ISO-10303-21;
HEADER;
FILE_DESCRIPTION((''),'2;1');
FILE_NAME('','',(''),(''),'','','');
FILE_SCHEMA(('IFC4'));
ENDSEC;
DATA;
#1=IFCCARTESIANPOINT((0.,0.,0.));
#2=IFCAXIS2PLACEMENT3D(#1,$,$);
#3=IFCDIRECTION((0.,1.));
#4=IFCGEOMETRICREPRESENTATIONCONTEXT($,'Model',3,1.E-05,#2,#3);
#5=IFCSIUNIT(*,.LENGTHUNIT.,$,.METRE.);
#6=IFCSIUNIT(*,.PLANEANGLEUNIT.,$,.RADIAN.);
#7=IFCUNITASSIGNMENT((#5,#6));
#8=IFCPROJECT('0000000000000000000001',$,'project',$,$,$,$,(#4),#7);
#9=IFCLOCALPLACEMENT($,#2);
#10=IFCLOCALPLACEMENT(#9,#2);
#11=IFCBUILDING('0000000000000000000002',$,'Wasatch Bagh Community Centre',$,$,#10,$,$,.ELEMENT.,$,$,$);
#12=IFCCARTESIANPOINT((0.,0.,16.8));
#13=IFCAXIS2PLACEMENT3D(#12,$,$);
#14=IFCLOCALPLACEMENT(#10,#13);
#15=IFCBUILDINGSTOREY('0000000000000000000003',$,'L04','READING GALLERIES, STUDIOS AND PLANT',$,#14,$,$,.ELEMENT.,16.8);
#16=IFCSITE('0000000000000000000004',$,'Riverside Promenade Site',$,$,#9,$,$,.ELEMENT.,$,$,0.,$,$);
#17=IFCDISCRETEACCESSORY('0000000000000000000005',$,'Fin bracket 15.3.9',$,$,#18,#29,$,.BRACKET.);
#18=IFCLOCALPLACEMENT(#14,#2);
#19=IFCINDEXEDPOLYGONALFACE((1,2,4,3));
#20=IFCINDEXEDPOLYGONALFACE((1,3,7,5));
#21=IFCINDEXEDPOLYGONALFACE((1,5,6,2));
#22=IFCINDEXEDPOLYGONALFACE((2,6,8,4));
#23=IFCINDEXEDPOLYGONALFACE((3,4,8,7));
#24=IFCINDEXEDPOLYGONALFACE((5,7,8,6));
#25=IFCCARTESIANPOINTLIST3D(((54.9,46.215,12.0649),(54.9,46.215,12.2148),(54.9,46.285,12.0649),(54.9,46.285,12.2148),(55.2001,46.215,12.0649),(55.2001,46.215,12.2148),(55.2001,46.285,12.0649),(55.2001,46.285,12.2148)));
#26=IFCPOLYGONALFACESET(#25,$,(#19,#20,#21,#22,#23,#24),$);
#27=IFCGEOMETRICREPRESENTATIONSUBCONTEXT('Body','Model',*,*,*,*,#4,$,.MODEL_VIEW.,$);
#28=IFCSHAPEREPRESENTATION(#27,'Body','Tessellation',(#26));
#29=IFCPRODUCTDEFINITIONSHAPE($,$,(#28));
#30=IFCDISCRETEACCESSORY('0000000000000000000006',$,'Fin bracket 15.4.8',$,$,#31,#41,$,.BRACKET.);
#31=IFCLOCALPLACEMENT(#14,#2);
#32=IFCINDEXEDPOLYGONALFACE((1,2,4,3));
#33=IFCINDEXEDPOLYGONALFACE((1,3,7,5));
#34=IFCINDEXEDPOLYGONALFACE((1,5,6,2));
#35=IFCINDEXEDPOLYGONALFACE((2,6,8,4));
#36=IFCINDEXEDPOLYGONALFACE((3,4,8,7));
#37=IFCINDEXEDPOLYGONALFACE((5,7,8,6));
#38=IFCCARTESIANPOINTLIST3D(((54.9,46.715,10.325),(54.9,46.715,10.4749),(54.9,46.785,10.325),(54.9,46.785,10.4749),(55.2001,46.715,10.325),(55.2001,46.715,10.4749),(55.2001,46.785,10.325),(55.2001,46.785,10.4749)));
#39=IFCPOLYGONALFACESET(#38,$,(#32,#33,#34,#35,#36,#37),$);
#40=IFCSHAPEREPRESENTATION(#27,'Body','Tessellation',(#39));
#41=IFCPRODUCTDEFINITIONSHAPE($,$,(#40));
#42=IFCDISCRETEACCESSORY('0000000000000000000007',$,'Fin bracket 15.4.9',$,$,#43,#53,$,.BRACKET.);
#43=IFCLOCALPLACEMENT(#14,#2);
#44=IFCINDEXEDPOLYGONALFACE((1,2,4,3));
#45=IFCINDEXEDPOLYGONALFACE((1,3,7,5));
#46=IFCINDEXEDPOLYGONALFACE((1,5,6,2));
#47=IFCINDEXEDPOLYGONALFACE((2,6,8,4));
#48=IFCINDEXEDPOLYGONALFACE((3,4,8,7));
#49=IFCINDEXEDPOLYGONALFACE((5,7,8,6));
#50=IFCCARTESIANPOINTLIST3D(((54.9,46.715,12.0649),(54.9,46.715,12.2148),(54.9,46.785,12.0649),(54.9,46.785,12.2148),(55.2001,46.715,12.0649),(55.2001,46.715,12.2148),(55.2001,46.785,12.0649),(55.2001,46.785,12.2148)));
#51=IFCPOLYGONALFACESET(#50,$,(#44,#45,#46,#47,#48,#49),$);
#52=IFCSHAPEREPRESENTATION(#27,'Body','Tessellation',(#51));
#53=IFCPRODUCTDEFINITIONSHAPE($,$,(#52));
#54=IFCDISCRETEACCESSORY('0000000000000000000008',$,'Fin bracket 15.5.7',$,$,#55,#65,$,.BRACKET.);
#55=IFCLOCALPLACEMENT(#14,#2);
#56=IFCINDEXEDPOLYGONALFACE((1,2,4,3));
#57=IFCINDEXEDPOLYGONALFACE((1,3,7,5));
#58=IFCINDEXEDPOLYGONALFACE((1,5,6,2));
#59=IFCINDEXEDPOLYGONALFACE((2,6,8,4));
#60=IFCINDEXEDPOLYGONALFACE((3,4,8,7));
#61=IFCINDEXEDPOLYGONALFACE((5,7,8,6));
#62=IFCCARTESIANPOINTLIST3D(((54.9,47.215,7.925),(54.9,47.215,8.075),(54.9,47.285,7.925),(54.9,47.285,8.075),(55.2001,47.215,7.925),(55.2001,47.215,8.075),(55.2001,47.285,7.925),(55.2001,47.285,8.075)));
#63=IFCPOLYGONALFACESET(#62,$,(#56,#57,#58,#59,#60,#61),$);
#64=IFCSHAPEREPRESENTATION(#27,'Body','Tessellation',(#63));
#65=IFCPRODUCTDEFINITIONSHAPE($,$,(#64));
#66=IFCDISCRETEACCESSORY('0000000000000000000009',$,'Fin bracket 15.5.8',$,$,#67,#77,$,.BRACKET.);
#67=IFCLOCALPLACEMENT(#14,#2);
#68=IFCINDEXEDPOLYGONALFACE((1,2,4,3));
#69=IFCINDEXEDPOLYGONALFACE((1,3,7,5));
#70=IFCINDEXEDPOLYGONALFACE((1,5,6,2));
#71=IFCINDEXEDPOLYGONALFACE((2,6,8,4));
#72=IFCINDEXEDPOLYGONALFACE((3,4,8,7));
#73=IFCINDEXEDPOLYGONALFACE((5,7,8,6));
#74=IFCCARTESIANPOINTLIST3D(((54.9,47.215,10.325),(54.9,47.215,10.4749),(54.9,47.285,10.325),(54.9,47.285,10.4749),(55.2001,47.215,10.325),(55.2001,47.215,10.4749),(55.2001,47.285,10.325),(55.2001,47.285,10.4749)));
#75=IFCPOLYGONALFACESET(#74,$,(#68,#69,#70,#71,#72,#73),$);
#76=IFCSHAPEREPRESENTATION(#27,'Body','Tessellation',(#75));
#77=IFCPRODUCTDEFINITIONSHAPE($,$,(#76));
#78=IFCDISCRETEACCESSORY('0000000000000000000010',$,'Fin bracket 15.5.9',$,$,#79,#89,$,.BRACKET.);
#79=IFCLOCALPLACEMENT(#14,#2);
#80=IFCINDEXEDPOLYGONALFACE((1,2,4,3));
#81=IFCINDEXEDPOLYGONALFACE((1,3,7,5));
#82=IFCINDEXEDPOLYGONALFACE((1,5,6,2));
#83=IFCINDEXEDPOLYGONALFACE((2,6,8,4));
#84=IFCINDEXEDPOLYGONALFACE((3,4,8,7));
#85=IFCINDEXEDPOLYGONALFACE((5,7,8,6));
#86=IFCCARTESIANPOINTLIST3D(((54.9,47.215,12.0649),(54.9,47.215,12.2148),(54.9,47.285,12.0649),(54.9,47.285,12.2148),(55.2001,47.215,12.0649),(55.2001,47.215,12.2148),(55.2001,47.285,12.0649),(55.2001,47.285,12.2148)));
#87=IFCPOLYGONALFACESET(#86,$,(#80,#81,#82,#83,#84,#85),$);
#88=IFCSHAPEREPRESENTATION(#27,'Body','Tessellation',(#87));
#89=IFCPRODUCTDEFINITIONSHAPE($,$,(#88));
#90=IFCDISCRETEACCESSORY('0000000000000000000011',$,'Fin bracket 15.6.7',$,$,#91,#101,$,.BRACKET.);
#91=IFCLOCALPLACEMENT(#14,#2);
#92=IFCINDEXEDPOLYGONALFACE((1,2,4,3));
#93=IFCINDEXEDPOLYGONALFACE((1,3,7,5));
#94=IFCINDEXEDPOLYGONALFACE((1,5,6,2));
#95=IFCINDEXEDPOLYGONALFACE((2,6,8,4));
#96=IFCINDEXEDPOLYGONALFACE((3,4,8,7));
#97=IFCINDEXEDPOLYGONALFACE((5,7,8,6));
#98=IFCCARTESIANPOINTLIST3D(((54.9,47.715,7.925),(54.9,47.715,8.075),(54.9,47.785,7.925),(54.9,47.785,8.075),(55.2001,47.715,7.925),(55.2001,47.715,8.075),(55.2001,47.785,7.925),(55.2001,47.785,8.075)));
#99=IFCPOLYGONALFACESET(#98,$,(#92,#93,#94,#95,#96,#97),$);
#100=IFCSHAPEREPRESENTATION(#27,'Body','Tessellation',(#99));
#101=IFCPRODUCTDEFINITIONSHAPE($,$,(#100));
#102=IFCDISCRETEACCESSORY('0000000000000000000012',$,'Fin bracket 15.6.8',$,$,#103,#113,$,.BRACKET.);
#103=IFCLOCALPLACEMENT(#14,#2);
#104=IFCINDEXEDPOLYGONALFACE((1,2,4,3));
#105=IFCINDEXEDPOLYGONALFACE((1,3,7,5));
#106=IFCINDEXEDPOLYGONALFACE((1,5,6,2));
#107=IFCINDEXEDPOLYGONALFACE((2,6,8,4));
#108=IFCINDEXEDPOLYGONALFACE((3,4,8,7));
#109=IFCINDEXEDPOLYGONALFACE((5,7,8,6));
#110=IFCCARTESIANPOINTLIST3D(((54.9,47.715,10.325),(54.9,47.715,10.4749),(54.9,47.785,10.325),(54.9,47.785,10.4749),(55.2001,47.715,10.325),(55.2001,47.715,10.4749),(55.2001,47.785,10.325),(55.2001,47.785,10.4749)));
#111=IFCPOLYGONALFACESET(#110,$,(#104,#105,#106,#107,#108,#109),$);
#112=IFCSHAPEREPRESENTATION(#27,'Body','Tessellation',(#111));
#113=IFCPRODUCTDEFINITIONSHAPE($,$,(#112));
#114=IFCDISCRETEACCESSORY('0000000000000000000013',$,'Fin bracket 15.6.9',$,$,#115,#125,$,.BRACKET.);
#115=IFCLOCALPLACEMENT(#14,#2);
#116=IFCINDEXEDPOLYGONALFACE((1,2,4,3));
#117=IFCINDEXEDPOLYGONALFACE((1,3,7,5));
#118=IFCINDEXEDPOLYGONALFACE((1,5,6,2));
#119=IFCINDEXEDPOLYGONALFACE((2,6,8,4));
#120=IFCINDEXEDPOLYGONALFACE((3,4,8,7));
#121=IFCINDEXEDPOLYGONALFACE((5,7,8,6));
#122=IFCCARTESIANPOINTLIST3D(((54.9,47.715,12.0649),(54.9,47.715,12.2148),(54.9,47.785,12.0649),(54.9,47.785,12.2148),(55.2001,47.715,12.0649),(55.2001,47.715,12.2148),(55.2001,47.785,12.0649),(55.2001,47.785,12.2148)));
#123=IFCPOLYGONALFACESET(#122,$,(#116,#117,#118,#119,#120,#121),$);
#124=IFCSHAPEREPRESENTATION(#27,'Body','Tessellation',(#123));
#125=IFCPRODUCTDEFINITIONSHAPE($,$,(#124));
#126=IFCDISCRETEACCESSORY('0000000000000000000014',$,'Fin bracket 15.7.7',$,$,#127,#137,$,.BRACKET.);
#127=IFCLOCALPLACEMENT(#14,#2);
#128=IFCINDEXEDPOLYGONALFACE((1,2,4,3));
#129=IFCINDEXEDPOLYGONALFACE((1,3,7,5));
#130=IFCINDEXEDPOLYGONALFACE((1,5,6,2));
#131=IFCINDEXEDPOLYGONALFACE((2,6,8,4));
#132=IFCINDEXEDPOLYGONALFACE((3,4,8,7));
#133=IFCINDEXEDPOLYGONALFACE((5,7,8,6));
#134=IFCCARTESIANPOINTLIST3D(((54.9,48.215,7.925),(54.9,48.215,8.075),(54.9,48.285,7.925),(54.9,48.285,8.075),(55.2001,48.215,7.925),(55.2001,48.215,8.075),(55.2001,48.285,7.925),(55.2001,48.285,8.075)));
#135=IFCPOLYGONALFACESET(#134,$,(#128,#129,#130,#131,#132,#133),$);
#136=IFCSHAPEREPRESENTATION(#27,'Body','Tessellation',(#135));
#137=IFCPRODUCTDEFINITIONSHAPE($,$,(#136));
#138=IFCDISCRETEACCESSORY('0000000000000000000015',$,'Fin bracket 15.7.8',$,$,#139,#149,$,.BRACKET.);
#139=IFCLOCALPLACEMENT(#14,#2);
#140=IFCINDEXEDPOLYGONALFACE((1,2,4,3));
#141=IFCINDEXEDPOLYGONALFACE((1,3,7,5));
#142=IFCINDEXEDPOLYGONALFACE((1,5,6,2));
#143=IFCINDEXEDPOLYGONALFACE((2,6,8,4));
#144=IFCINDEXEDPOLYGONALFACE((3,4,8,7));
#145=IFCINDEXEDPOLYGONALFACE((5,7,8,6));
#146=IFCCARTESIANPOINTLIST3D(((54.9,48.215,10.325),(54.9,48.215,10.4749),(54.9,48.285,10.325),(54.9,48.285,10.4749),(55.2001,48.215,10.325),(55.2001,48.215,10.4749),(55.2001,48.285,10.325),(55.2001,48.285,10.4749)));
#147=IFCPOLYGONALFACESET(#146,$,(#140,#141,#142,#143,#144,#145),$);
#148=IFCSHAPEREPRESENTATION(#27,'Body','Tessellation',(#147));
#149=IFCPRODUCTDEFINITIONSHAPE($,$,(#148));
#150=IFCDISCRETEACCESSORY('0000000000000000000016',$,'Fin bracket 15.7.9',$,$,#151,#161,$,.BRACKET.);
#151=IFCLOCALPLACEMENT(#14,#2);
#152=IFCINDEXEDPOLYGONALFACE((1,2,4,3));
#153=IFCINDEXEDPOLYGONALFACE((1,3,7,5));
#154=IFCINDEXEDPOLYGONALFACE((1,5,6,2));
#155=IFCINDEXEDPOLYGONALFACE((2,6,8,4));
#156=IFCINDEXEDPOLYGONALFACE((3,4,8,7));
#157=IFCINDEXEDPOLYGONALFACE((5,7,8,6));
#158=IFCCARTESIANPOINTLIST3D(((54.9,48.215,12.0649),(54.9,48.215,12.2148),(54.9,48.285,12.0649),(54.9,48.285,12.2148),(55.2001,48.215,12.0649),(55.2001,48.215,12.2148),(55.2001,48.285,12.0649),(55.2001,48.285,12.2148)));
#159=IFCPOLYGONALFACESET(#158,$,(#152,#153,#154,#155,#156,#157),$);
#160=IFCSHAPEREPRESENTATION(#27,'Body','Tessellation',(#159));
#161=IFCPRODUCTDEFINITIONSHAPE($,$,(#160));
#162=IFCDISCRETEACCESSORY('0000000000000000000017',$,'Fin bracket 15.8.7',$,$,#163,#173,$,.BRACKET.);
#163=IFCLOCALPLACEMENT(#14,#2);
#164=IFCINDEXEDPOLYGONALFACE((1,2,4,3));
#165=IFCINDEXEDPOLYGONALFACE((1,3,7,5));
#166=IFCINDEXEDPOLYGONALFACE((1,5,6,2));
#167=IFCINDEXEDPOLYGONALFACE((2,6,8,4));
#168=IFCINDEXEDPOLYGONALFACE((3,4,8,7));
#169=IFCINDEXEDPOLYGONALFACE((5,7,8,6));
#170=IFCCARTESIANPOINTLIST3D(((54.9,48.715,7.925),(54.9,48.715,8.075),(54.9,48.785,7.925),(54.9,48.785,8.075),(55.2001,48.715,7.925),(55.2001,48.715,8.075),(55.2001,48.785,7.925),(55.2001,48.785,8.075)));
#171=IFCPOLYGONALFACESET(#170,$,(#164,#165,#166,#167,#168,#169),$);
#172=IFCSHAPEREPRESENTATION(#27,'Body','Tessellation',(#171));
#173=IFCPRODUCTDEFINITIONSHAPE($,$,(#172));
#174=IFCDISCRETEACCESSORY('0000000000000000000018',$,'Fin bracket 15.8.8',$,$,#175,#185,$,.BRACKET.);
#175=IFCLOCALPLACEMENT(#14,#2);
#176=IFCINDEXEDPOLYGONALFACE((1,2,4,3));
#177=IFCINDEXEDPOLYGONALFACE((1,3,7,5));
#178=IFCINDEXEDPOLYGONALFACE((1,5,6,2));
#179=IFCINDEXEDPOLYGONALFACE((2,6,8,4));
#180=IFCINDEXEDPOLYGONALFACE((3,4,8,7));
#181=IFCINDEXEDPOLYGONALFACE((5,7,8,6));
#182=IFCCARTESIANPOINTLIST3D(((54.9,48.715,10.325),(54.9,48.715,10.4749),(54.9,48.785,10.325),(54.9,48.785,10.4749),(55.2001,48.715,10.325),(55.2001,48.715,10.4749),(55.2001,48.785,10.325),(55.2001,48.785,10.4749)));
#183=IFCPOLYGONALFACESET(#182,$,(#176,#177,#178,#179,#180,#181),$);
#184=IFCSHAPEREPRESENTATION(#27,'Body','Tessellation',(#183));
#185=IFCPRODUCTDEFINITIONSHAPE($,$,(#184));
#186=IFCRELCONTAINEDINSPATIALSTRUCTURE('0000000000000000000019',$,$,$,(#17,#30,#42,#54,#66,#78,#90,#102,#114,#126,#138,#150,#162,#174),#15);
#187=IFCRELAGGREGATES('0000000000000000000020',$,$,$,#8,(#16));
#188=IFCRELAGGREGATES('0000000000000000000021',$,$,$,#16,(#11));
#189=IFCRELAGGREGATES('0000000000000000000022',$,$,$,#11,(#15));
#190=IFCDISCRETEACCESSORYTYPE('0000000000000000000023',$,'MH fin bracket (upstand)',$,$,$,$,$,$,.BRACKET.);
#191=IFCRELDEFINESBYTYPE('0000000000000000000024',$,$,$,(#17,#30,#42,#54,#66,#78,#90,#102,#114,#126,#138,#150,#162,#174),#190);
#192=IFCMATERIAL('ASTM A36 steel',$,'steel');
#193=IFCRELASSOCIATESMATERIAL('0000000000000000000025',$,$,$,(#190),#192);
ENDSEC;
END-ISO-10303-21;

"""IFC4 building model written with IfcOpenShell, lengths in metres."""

from ifc_helpers import new_model, si_unit, direction, frame, origin, origin_2d, place, context, subcontext, project, spatial, rectangle, extrude, material, type_object, element, save


model = new_model("IFC4")

# Units and contexts
model_context = context("Model", 3, precision=1e-05, world=origin(), true_north=direction((0.0, 1.0)))
body_context = subcontext(model_context, "Body", "Model", "MODEL_VIEW")
ifc_project = project(units=[si_unit("LENGTHUNIT", "METRE"), si_unit("PLANEANGLEUNIT", "RADIAN")], contexts=[model_context])

# Site, building, storey
site_placement = place(None, origin())
site = spatial("IfcSite", under=ifc_project, at=site_placement, Name="Riverside Promenade Site", CompositionType="ELEMENT", RefElevation=0.0)
building_placement = place(site_placement, origin())
building = spatial("IfcBuilding", under=site, at=building_placement, Name="Wasatch Bagh Community Centre", CompositionType="ELEMENT")
storey_placement = place(building_placement, frame((0.0, 0.0, 16.8)))
storey = spatial("IfcBuildingStorey", under=building, at=storey_placement, Name="L04", Description="READING GALLERIES, STUDIOS AND PLANT", CompositionType="ELEMENT", Elevation=16.8)

# Discrete accessories
ifc_material_1 = material(Name="ASTM A36 steel", Category="steel")
discrete_accessory_type_1 = type_object("IfcDiscreteAccessoryType", Name="MH fin bracket (upstand)", PredefinedType="BRACKET", material=ifc_material_1)
for number, where, z_axis, x_axis, name in (
    (1, (55.05, 46.25, 12.0649), (0.0, 0.0, 1.0), (0.0, 1.0, 0.0), "Fin bracket 15.3.9"),
    (2, (55.05, 46.75, 10.325), (0.0, 0.0, 1.0), (0.0, 1.0, 0.0), "Fin bracket 15.4.8"),
    (3, (55.05, 46.75, 12.0649), (0.0, 0.0, 1.0), (0.0, 1.0, 0.0), "Fin bracket 15.4.9"),
    (4, (55.05, 47.25, 7.925), (0.0, 0.0, 1.0), (0.0, 1.0, 0.0), "Fin bracket 15.5.7"),
    (5, (55.05, 47.25, 10.325), (0.0, 0.0, 1.0), (0.0, 1.0, 0.0), "Fin bracket 15.5.8"),
    (6, (55.05, 47.25, 12.0649), (0.0, 0.0, 1.0), (0.0, 1.0, 0.0), "Fin bracket 15.5.9"),
    (7, (55.05, 47.75, 7.925), (0.0, 0.0, 1.0), (0.0, 1.0, 0.0), "Fin bracket 15.6.7"),
    (8, (55.05, 47.75, 10.325), (0.0, 0.0, 1.0), (0.0, 1.0, 0.0), "Fin bracket 15.6.8"),
    (9, (55.05, 47.75, 12.0649), (0.0, 0.0, 1.0), (0.0, 1.0, 0.0), "Fin bracket 15.6.9"),
    (10, (55.05, 48.25, 7.925), (0.0, 0.0, 1.0), (0.0, 1.0, 0.0), "Fin bracket 15.7.7"),
    (11, (55.05, 48.25, 10.325), (0.0, 0.0, 1.0), (0.0, 1.0, 0.0), "Fin bracket 15.7.8"),
    (12, (55.05, 48.25, 12.0649), (0.0, 0.0, 1.0), (0.0, 1.0, 0.0), "Fin bracket 15.7.9"),
    (13, (55.05, 48.75, 7.925), (0.0, 0.0, 1.0), (0.0, 1.0, 0.0), "Fin bracket 15.8.7"),
    (14, (55.05, 48.75, 10.325), (0.0, 0.0, 1.0), (0.0, 1.0, 0.0), "Fin bracket 15.8.8"),
):
    element("IfcDiscreteAccessory", number, at=place(storey_placement, frame(where, z_axis=z_axis, x_axis=x_axis)), inside=storey, type_object=discrete_accessory_type_1, Name=name, PredefinedType="BRACKET", context=body_context, shape_type="SweptSolid", body=[
        extrude(rectangle(XDim=0.0701, YDim=0.3, at=origin_2d()), origin(), (0.0, 0.0, 1.0), 0.1499),
    ])

save(model, "model.ifc")
